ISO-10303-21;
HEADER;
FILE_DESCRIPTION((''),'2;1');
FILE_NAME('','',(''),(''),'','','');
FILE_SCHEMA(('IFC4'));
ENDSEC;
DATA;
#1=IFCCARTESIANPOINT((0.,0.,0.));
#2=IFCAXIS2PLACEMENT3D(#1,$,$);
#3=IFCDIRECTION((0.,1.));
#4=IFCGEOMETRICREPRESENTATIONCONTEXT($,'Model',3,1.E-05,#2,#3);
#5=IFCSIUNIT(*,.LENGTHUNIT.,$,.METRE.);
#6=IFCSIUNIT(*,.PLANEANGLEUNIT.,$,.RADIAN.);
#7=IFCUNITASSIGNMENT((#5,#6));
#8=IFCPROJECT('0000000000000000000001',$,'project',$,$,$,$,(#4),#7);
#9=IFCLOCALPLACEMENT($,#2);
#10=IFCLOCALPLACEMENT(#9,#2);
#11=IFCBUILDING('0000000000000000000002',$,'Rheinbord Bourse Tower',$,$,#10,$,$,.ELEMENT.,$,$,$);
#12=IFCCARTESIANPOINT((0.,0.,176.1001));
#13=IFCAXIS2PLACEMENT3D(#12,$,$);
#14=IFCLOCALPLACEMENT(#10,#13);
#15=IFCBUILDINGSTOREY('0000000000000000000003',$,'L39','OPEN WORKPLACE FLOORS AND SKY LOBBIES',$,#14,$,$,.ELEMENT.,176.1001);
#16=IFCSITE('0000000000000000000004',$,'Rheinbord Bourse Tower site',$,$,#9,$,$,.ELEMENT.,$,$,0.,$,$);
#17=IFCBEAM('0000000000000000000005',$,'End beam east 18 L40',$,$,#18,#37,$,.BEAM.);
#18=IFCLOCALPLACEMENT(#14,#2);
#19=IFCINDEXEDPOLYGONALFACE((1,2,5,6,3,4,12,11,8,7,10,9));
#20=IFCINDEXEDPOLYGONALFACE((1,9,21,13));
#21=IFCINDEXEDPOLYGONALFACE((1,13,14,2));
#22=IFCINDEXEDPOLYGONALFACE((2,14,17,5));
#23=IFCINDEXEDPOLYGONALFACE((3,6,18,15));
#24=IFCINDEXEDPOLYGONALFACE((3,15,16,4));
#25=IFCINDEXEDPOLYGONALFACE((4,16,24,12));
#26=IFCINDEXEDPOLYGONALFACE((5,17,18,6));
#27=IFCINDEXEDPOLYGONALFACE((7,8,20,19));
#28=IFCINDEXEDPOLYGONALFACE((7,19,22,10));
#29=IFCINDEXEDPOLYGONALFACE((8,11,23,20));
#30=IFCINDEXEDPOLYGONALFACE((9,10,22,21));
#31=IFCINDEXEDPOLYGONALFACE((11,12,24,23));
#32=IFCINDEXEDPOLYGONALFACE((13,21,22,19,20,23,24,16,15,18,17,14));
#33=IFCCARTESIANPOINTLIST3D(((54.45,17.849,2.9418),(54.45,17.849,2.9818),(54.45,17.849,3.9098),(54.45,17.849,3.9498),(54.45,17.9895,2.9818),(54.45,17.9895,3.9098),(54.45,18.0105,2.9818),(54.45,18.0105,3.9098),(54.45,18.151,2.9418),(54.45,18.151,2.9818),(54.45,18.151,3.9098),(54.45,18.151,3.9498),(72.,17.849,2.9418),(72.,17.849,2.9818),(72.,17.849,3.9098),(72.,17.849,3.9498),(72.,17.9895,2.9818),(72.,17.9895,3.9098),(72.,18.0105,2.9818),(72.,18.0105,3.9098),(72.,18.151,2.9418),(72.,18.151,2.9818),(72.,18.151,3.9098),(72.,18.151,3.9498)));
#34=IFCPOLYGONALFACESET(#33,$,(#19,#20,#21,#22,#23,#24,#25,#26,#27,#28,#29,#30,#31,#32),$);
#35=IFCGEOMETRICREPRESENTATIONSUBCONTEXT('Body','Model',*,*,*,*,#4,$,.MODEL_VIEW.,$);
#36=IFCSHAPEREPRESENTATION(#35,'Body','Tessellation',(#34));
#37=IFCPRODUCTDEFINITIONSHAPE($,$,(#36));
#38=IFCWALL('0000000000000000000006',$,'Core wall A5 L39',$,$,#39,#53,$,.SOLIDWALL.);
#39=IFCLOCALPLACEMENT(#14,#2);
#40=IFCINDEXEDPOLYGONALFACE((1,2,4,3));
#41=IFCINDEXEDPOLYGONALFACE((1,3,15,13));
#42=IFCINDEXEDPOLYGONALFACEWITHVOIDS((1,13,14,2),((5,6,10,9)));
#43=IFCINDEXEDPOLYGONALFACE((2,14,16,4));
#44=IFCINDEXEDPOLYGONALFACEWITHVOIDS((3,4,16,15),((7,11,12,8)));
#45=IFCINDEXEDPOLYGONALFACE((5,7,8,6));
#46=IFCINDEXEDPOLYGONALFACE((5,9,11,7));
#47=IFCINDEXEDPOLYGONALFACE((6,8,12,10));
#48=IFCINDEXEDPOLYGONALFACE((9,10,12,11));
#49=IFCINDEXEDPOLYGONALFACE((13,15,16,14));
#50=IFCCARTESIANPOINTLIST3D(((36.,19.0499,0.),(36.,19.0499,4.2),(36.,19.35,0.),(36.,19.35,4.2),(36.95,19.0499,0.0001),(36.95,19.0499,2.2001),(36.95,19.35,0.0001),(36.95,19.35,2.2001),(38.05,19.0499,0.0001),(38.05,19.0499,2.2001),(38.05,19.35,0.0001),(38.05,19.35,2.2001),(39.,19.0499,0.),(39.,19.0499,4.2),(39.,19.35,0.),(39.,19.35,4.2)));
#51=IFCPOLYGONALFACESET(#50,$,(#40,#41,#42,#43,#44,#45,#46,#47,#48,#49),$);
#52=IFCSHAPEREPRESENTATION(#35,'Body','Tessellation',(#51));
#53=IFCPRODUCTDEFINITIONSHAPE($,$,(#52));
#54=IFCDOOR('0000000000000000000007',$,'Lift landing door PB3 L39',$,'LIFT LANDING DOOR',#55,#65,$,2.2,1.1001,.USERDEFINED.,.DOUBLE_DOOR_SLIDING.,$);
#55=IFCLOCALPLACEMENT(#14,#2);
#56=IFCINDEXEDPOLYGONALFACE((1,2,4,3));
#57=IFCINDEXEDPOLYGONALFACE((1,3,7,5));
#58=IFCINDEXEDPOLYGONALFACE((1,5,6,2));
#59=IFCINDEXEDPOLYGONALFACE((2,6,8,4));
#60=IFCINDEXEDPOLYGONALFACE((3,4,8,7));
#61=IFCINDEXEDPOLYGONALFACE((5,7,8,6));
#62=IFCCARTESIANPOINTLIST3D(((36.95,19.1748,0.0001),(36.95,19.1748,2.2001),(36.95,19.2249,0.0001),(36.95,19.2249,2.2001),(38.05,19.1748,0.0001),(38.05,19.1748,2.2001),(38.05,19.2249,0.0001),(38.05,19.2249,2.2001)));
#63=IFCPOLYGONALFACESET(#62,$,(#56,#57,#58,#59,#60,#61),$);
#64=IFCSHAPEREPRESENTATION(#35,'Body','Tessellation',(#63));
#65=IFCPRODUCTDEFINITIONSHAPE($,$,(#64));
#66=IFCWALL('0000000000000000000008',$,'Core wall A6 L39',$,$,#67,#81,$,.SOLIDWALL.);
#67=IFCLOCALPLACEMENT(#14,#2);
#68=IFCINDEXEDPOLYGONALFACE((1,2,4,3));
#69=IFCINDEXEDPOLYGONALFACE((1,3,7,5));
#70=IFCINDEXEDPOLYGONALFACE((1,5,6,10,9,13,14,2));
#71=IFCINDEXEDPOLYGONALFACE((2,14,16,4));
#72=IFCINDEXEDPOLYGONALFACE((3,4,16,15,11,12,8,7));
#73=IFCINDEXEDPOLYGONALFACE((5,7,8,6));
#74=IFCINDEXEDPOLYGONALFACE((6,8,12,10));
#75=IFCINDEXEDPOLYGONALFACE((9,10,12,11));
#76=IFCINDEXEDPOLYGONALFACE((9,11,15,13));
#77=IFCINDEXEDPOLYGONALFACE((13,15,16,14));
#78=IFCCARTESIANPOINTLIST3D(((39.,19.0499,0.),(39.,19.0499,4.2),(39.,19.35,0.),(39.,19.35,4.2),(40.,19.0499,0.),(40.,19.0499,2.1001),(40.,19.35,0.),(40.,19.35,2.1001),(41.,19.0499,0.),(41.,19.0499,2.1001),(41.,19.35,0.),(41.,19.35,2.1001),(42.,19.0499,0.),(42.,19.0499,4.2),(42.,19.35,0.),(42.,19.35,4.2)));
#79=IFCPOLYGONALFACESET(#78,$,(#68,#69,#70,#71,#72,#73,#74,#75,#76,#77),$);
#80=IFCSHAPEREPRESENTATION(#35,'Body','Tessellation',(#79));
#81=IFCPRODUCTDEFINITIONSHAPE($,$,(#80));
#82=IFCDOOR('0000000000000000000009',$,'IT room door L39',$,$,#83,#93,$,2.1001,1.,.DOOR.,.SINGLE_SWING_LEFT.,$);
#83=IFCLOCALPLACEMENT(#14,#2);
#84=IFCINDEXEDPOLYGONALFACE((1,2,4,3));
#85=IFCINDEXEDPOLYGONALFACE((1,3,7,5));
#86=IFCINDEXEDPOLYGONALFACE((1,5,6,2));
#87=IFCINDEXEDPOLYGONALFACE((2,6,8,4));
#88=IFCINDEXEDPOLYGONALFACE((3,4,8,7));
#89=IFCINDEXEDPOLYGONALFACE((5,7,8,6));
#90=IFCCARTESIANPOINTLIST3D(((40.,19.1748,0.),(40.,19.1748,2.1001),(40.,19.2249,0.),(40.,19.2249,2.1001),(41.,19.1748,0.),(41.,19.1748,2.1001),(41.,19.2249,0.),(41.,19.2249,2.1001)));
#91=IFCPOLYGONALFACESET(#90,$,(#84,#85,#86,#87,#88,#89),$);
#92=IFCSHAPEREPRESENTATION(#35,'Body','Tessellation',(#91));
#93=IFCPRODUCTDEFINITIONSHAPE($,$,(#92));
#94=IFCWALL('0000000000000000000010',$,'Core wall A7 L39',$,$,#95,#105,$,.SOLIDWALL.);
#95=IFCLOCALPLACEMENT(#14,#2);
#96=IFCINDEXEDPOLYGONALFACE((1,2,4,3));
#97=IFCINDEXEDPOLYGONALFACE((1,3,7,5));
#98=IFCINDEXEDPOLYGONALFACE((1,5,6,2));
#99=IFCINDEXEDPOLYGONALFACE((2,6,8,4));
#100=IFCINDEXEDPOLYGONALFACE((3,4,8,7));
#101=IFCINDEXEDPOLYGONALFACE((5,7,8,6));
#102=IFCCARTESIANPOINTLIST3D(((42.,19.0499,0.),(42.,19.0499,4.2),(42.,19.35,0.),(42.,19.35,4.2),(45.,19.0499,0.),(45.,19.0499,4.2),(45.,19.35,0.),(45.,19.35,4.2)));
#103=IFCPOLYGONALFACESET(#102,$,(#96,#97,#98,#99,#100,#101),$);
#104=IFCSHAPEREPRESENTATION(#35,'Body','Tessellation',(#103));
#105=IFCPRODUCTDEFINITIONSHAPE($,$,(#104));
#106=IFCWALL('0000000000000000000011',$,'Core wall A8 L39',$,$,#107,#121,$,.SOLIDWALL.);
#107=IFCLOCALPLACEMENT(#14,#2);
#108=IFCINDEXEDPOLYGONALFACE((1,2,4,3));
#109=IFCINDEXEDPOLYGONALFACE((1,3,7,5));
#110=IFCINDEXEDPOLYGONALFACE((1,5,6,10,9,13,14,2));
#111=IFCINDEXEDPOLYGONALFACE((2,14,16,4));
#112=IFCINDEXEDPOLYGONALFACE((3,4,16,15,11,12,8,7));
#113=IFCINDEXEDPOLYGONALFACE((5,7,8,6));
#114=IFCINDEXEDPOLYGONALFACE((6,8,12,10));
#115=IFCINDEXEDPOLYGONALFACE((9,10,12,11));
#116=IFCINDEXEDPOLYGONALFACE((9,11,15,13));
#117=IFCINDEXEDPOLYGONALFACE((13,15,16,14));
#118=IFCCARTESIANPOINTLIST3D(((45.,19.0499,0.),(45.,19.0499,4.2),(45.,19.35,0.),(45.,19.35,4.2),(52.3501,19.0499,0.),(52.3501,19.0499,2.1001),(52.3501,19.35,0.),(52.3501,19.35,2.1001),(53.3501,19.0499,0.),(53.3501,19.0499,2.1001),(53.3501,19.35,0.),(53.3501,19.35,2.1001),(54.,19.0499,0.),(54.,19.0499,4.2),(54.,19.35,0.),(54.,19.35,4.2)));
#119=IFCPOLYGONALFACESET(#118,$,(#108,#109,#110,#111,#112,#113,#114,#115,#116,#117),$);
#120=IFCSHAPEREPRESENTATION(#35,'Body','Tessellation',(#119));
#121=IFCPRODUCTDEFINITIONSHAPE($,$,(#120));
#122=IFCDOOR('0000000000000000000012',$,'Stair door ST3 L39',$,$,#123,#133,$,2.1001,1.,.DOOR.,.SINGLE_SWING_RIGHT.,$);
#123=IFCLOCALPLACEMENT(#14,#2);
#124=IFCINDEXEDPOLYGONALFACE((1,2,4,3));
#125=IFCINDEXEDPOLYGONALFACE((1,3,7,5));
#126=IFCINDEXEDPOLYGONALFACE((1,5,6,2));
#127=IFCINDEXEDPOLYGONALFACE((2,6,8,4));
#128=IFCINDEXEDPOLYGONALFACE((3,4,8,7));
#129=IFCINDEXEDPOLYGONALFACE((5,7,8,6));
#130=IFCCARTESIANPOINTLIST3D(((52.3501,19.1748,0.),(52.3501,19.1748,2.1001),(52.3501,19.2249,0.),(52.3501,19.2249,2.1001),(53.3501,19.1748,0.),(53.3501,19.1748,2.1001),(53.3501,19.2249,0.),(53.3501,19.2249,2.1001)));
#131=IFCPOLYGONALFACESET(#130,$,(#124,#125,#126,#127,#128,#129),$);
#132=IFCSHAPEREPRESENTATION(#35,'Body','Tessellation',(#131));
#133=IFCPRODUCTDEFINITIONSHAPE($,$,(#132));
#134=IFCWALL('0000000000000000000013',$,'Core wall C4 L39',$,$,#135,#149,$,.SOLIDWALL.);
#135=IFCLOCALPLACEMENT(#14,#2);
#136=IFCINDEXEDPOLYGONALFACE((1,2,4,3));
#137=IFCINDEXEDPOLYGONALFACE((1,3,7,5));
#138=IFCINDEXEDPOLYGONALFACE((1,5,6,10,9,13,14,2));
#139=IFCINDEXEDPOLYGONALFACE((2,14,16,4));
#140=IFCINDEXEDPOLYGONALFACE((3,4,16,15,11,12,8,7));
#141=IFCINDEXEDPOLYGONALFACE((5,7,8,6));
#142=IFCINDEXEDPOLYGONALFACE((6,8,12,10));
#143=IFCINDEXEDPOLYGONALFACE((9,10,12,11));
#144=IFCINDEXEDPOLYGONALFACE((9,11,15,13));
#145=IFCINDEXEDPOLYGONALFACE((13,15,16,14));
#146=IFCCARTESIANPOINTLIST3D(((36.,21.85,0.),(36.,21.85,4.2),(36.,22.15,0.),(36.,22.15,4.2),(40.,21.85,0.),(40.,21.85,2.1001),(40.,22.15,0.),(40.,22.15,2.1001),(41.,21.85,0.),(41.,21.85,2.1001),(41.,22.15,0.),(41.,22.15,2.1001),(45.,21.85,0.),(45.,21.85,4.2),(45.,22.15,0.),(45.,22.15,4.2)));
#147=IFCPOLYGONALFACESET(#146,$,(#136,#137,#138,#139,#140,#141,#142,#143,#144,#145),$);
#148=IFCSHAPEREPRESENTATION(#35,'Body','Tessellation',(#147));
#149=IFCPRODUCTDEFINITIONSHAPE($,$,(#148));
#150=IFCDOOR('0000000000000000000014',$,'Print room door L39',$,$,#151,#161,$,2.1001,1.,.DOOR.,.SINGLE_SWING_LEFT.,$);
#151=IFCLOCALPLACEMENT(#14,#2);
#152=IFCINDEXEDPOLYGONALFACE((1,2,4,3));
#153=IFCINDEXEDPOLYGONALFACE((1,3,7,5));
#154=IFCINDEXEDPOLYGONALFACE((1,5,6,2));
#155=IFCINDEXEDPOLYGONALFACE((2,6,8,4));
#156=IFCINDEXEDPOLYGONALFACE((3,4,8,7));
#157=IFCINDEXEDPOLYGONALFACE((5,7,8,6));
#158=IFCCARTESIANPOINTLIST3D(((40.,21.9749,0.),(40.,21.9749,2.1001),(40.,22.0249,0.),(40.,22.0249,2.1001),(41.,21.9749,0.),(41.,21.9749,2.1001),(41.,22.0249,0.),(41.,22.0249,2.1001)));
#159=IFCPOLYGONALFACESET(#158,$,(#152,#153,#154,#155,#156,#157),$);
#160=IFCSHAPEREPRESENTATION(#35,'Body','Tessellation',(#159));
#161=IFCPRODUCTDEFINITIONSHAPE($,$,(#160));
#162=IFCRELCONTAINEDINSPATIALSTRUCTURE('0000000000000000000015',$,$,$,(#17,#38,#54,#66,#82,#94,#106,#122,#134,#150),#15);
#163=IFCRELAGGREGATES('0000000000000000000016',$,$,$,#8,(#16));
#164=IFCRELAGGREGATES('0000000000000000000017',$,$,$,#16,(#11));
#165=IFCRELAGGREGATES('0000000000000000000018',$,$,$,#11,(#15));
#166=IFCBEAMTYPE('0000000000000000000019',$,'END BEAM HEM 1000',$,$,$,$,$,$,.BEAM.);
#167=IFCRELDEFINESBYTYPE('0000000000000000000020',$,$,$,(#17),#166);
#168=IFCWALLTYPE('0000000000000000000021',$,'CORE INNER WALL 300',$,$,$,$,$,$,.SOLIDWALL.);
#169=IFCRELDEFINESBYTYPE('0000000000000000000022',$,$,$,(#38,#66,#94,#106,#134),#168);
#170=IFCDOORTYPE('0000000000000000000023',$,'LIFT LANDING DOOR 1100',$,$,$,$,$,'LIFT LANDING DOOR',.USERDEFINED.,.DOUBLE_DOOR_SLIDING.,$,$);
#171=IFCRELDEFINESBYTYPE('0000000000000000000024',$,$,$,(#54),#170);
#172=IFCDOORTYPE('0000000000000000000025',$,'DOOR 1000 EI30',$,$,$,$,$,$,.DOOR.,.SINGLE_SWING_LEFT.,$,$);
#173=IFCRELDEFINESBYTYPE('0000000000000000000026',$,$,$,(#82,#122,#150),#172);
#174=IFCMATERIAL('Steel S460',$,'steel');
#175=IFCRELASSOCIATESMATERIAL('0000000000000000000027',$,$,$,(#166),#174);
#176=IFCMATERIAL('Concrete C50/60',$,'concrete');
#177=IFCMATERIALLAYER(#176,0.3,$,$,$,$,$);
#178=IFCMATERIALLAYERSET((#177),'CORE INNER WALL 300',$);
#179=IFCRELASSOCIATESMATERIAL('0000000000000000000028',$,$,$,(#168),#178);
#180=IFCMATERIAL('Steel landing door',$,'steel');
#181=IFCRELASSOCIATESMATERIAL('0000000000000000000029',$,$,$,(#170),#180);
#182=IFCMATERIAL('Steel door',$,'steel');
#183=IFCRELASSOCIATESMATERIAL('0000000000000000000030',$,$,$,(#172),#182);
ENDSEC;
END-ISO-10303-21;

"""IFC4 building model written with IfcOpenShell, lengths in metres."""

from ifc_helpers import new_model, si_unit, direction, frame, frame_2d, origin, origin_2d, place, context, subcontext, project, spatial, rectangle, i_section, extrude, material, layer, layer_set, material_profile, profile_set, type_object, element, fill, save


model = new_model("IFC4")

# Units and contexts
model_context = context("Model", 3, precision=1e-05, world=origin(), true_north=direction((0.0, 1.0)))
body_context = subcontext(model_context, "Body", "Model", "MODEL_VIEW")
ifc_project = project(units=[si_unit("LENGTHUNIT", "METRE"), si_unit("PLANEANGLEUNIT", "RADIAN")], contexts=[model_context])

# Site, building, storey
site_placement = place(None, origin())
site = spatial("IfcSite", under=ifc_project, at=site_placement, Name="Rheinbord Bourse Tower site", CompositionType="ELEMENT", RefElevation=0.0)
building_placement = place(site_placement, origin())
building = spatial("IfcBuilding", under=site, at=building_placement, Name="Rheinbord Bourse Tower", CompositionType="ELEMENT")
storey_placement = place(building_placement, frame((0.0, 0.0, 176.1001)))
storey = spatial("IfcBuildingStorey", under=building, at=storey_placement, Name="L39", Description="OPEN WORKPLACE FLOORS AND SKY LOBBIES", CompositionType="ELEMENT", Elevation=176.1001)

# Beam
ifc_material_1 = material(Name="Steel S460", Category="steel")
ifc_material_profile = material_profile(ifc_material_1, i_section(OverallWidth=0.302, OverallDepth=1.0081, WebThickness=0.021, FlangeThickness=0.04, at=origin_2d()), Name="HEM 1000")
ifc_profile_set = profile_set([ifc_material_profile], Name="Steel S460")
beam_type = type_object("IfcBeamType", Name="END BEAM HEM 1000", PredefinedType="BEAM", material=ifc_profile_set)
beam_placement = place(storey_placement, frame((54.45, 18.0, 3.4458), z_axis=(1.0, 0.0, 0.0), x_axis=(0.0, 1.0, 0.0)))
element("IfcBeam", 1, at=beam_placement, inside=storey, type_object=beam_type, Name="End beam east 18 L40", PredefinedType="BEAM", context=body_context, shape_type="SweptSolid", body=[
    extrude(i_section(OverallWidth=0.302, OverallDepth=1.0081, WebThickness=0.021, FlangeThickness=0.04, at=origin_2d()), origin(), (0.0, 0.0, 1.0), 17.55),
])

# Walls, openings, doors
ifc_material_2 = material(Name="Concrete C50/60", Category="concrete")
ifc_layer_1 = layer(ifc_material_2, 0.3)
ifc_layer_set_1 = layer_set([ifc_layer_1], Name="CORE INNER WALL 300")
wall_type_1 = type_object("IfcWallType", Name="CORE INNER WALL 300", PredefinedType="SOLIDWALL", material=ifc_layer_set_1)
wall_1_placement = place(storey_placement, frame((36.0, 19.2, 0.0), z_axis=(0.0, 0.0, 1.0), x_axis=(1.0, 0.0, 0.0)))
wall_1 = element("IfcWall", 2, at=wall_1_placement, inside=storey, type_object=wall_type_1, Name="Core wall A5 L39", PredefinedType="SOLIDWALL", context=body_context, shape_type="SweptSolid", body=[
    extrude(rectangle(XDim=3.0, YDim=0.3, at=frame_2d((1.5, 0.0))), origin(), (0.0, 0.0, 1.0), 4.2),
])
opening_1_placement = place(wall_1_placement, frame((0.95, 0.0, 0.0)))
opening_1 = element("IfcOpeningElement", 3, at=opening_1_placement, cuts=wall_1, PredefinedType="OPENING", context=body_context, shape_type="SweptSolid", body=[
    extrude(rectangle(XDim=1.1001, YDim=2.2, at=frame_2d((0.55, 1.1001))), frame((0.0, 0.1599, 0.0), z_axis=(0.0, -1.0, 0.0), x_axis=(1.0, 0.0, 0.0)), (0.0, 0.0, 1.0), 0.3201),
])
ifc_material_3 = material(Name="Steel landing door", Category="steel")
door_type_1 = type_object("IfcDoorType", Name="LIFT LANDING DOOR 1100", ElementType="LIFT LANDING DOOR", OperationType="DOUBLE_DOOR_SLIDING", PredefinedType="USERDEFINED", material=ifc_material_3)
door_1_placement = place(opening_1_placement, origin())
door_1 = element("IfcDoor", 4, at=door_1_placement, inside=storey, type_object=door_type_1, Name="Lift landing door PB3 L39", ObjectType="LIFT LANDING DOOR", OperationType="DOUBLE_DOOR_SLIDING", OverallHeight=2.2, OverallWidth=1.1001, PredefinedType="USERDEFINED", context=body_context, shape_type="SweptSolid", body=[
    extrude(rectangle(XDim=1.1001, YDim=2.2, at=frame_2d((0.55, 1.1001))), frame((0.0, 0.0249, 0.0), z_axis=(0.0, -1.0, 0.0), x_axis=(1.0, 0.0, 0.0)), (0.0, 0.0, 1.0), 0.05),
])
fill(opening_1, door_1)
wall_2_placement = place(storey_placement, frame((39.0, 19.2, 0.0), z_axis=(0.0, 0.0, 1.0), x_axis=(1.0, 0.0, 0.0)))
wall_2 = element("IfcWall", 5, at=wall_2_placement, inside=storey, type_object=wall_type_1, Name="Core wall A6 L39", PredefinedType="SOLIDWALL", context=body_context, shape_type="SweptSolid", body=[
    extrude(rectangle(XDim=3.0, YDim=0.3, at=frame_2d((1.5, 0.0))), origin(), (0.0, 0.0, 1.0), 4.2),
])
opening_2_placement = place(wall_2_placement, frame((1.0, 0.0, 0.0)))
opening_2 = element("IfcOpeningElement", 6, at=opening_2_placement, cuts=wall_2, PredefinedType="OPENING", context=body_context, shape_type="SweptSolid", body=[
    extrude(rectangle(XDim=1.0, YDim=2.1001, at=frame_2d((0.5, 1.05))), frame((0.0, 0.1599, 0.0), z_axis=(0.0, -1.0, 0.0), x_axis=(1.0, 0.0, 0.0)), (0.0, 0.0, 1.0), 0.3201),
])
ifc_material_4 = material(Name="Steel door", Category="steel")
door_type_2 = type_object("IfcDoorType", Name="DOOR 1000 EI30", OperationType="SINGLE_SWING_LEFT", PredefinedType="DOOR", material=ifc_material_4)
door_2_placement = place(opening_2_placement, origin())
door_2 = element("IfcDoor", 7, at=door_2_placement, inside=storey, type_object=door_type_2, Name="IT room door L39", OperationType="SINGLE_SWING_LEFT", OverallHeight=2.1001, OverallWidth=1.0, PredefinedType="DOOR", context=body_context, shape_type="SweptSolid", body=[
    extrude(rectangle(XDim=1.0, YDim=2.1001, at=frame_2d((0.5, 1.05))), frame((0.0, 0.0249, 0.0), z_axis=(0.0, -1.0, 0.0), x_axis=(1.0, 0.0, 0.0)), (0.0, 0.0, 1.0), 0.05),
])
fill(opening_2, door_2)

# Wall
wall_3_placement = place(storey_placement, frame((42.0, 19.2, 0.0), z_axis=(0.0, 0.0, 1.0), x_axis=(1.0, 0.0, 0.0)))
element("IfcWall", 8, at=wall_3_placement, inside=storey, type_object=wall_type_1, Name="Core wall A7 L39", PredefinedType="SOLIDWALL", context=body_context, shape_type="SweptSolid", body=[
    extrude(rectangle(XDim=3.0, YDim=0.3, at=frame_2d((1.5, 0.0))), origin(), (0.0, 0.0, 1.0), 4.2),
])

# Walls, openings, doors
wall_4_placement = place(storey_placement, frame((45.0, 19.2, 0.0), z_axis=(0.0, 0.0, 1.0), x_axis=(1.0, 0.0, 0.0)))
wall_4 = element("IfcWall", 9, at=wall_4_placement, inside=storey, type_object=wall_type_1, Name="Core wall A8 L39", PredefinedType="SOLIDWALL", context=body_context, shape_type="SweptSolid", body=[
    extrude(rectangle(XDim=9.0, YDim=0.3, at=frame_2d((4.5, 0.0))), origin(), (0.0, 0.0, 1.0), 4.2),
])
opening_3_placement = place(wall_4_placement, frame((7.3501, 0.0, 0.0)))
opening_3 = element("IfcOpeningElement", 10, at=opening_3_placement, cuts=wall_4, PredefinedType="OPENING", context=body_context, shape_type="SweptSolid", body=[
    extrude(rectangle(XDim=1.0, YDim=2.1001, at=frame_2d((0.5, 1.05))), frame((0.0, 0.1599, 0.0), z_axis=(0.0, -1.0, 0.0), x_axis=(1.0, 0.0, 0.0)), (0.0, 0.0, 1.0), 0.3201),
])
door_3_placement = place(opening_3_placement, origin())
door_3 = element("IfcDoor", 11, at=door_3_placement, inside=storey, type_object=door_type_2, Name="Stair door ST3 L39", OperationType="SINGLE_SWING_RIGHT", OverallHeight=2.1001, OverallWidth=1.0, PredefinedType="DOOR", context=body_context, shape_type="SweptSolid", body=[
    extrude(rectangle(XDim=1.0, YDim=2.1001, at=frame_2d((0.5, 1.05))), frame((0.0, 0.0249, 0.0), z_axis=(0.0, -1.0, 0.0), x_axis=(1.0, 0.0, 0.0)), (0.0, 0.0, 1.0), 0.05),
])
fill(opening_3, door_3)
wall_5_placement = place(storey_placement, frame((36.0, 22.0, 0.0), z_axis=(0.0, 0.0, 1.0), x_axis=(1.0, 0.0, 0.0)))
wall_5 = element("IfcWall", 12, at=wall_5_placement, inside=storey, type_object=wall_type_1, Name="Core wall C4 L39", PredefinedType="SOLIDWALL", context=body_context, shape_type="SweptSolid", body=[
    extrude(rectangle(XDim=9.0, YDim=0.3, at=frame_2d((4.5, 0.0))), origin(), (0.0, 0.0, 1.0), 4.2),
])
opening_4_placement = place(wall_5_placement, frame((4.0, 0.0, 0.0)))
opening_4 = element("IfcOpeningElement", 13, at=opening_4_placement, cuts=wall_5, PredefinedType="OPENING", context=body_context, shape_type="SweptSolid", body=[
    extrude(rectangle(XDim=1.0, YDim=2.1001, at=frame_2d((0.5, 1.05))), frame((0.0, 0.1599, 0.0), z_axis=(0.0, -1.0, 0.0), x_axis=(1.0, 0.0, 0.0)), (0.0, 0.0, 1.0), 0.3201),
])
door_4_placement = place(opening_4_placement, origin())
door_4 = element("IfcDoor", 14, at=door_4_placement, inside=storey, type_object=door_type_2, Name="Print room door L39", OperationType="SINGLE_SWING_LEFT", OverallHeight=2.1001, OverallWidth=1.0, PredefinedType="DOOR", context=body_context, shape_type="SweptSolid", body=[
    extrude(rectangle(XDim=1.0, YDim=2.1001, at=frame_2d((0.5, 1.05))), frame((0.0, 0.0249, 0.0), z_axis=(0.0, -1.0, 0.0), x_axis=(1.0, 0.0, 0.0)), (0.0, 0.0, 1.0), 0.05),
])
fill(opening_4, door_4)

save(model, "model.ifc")
